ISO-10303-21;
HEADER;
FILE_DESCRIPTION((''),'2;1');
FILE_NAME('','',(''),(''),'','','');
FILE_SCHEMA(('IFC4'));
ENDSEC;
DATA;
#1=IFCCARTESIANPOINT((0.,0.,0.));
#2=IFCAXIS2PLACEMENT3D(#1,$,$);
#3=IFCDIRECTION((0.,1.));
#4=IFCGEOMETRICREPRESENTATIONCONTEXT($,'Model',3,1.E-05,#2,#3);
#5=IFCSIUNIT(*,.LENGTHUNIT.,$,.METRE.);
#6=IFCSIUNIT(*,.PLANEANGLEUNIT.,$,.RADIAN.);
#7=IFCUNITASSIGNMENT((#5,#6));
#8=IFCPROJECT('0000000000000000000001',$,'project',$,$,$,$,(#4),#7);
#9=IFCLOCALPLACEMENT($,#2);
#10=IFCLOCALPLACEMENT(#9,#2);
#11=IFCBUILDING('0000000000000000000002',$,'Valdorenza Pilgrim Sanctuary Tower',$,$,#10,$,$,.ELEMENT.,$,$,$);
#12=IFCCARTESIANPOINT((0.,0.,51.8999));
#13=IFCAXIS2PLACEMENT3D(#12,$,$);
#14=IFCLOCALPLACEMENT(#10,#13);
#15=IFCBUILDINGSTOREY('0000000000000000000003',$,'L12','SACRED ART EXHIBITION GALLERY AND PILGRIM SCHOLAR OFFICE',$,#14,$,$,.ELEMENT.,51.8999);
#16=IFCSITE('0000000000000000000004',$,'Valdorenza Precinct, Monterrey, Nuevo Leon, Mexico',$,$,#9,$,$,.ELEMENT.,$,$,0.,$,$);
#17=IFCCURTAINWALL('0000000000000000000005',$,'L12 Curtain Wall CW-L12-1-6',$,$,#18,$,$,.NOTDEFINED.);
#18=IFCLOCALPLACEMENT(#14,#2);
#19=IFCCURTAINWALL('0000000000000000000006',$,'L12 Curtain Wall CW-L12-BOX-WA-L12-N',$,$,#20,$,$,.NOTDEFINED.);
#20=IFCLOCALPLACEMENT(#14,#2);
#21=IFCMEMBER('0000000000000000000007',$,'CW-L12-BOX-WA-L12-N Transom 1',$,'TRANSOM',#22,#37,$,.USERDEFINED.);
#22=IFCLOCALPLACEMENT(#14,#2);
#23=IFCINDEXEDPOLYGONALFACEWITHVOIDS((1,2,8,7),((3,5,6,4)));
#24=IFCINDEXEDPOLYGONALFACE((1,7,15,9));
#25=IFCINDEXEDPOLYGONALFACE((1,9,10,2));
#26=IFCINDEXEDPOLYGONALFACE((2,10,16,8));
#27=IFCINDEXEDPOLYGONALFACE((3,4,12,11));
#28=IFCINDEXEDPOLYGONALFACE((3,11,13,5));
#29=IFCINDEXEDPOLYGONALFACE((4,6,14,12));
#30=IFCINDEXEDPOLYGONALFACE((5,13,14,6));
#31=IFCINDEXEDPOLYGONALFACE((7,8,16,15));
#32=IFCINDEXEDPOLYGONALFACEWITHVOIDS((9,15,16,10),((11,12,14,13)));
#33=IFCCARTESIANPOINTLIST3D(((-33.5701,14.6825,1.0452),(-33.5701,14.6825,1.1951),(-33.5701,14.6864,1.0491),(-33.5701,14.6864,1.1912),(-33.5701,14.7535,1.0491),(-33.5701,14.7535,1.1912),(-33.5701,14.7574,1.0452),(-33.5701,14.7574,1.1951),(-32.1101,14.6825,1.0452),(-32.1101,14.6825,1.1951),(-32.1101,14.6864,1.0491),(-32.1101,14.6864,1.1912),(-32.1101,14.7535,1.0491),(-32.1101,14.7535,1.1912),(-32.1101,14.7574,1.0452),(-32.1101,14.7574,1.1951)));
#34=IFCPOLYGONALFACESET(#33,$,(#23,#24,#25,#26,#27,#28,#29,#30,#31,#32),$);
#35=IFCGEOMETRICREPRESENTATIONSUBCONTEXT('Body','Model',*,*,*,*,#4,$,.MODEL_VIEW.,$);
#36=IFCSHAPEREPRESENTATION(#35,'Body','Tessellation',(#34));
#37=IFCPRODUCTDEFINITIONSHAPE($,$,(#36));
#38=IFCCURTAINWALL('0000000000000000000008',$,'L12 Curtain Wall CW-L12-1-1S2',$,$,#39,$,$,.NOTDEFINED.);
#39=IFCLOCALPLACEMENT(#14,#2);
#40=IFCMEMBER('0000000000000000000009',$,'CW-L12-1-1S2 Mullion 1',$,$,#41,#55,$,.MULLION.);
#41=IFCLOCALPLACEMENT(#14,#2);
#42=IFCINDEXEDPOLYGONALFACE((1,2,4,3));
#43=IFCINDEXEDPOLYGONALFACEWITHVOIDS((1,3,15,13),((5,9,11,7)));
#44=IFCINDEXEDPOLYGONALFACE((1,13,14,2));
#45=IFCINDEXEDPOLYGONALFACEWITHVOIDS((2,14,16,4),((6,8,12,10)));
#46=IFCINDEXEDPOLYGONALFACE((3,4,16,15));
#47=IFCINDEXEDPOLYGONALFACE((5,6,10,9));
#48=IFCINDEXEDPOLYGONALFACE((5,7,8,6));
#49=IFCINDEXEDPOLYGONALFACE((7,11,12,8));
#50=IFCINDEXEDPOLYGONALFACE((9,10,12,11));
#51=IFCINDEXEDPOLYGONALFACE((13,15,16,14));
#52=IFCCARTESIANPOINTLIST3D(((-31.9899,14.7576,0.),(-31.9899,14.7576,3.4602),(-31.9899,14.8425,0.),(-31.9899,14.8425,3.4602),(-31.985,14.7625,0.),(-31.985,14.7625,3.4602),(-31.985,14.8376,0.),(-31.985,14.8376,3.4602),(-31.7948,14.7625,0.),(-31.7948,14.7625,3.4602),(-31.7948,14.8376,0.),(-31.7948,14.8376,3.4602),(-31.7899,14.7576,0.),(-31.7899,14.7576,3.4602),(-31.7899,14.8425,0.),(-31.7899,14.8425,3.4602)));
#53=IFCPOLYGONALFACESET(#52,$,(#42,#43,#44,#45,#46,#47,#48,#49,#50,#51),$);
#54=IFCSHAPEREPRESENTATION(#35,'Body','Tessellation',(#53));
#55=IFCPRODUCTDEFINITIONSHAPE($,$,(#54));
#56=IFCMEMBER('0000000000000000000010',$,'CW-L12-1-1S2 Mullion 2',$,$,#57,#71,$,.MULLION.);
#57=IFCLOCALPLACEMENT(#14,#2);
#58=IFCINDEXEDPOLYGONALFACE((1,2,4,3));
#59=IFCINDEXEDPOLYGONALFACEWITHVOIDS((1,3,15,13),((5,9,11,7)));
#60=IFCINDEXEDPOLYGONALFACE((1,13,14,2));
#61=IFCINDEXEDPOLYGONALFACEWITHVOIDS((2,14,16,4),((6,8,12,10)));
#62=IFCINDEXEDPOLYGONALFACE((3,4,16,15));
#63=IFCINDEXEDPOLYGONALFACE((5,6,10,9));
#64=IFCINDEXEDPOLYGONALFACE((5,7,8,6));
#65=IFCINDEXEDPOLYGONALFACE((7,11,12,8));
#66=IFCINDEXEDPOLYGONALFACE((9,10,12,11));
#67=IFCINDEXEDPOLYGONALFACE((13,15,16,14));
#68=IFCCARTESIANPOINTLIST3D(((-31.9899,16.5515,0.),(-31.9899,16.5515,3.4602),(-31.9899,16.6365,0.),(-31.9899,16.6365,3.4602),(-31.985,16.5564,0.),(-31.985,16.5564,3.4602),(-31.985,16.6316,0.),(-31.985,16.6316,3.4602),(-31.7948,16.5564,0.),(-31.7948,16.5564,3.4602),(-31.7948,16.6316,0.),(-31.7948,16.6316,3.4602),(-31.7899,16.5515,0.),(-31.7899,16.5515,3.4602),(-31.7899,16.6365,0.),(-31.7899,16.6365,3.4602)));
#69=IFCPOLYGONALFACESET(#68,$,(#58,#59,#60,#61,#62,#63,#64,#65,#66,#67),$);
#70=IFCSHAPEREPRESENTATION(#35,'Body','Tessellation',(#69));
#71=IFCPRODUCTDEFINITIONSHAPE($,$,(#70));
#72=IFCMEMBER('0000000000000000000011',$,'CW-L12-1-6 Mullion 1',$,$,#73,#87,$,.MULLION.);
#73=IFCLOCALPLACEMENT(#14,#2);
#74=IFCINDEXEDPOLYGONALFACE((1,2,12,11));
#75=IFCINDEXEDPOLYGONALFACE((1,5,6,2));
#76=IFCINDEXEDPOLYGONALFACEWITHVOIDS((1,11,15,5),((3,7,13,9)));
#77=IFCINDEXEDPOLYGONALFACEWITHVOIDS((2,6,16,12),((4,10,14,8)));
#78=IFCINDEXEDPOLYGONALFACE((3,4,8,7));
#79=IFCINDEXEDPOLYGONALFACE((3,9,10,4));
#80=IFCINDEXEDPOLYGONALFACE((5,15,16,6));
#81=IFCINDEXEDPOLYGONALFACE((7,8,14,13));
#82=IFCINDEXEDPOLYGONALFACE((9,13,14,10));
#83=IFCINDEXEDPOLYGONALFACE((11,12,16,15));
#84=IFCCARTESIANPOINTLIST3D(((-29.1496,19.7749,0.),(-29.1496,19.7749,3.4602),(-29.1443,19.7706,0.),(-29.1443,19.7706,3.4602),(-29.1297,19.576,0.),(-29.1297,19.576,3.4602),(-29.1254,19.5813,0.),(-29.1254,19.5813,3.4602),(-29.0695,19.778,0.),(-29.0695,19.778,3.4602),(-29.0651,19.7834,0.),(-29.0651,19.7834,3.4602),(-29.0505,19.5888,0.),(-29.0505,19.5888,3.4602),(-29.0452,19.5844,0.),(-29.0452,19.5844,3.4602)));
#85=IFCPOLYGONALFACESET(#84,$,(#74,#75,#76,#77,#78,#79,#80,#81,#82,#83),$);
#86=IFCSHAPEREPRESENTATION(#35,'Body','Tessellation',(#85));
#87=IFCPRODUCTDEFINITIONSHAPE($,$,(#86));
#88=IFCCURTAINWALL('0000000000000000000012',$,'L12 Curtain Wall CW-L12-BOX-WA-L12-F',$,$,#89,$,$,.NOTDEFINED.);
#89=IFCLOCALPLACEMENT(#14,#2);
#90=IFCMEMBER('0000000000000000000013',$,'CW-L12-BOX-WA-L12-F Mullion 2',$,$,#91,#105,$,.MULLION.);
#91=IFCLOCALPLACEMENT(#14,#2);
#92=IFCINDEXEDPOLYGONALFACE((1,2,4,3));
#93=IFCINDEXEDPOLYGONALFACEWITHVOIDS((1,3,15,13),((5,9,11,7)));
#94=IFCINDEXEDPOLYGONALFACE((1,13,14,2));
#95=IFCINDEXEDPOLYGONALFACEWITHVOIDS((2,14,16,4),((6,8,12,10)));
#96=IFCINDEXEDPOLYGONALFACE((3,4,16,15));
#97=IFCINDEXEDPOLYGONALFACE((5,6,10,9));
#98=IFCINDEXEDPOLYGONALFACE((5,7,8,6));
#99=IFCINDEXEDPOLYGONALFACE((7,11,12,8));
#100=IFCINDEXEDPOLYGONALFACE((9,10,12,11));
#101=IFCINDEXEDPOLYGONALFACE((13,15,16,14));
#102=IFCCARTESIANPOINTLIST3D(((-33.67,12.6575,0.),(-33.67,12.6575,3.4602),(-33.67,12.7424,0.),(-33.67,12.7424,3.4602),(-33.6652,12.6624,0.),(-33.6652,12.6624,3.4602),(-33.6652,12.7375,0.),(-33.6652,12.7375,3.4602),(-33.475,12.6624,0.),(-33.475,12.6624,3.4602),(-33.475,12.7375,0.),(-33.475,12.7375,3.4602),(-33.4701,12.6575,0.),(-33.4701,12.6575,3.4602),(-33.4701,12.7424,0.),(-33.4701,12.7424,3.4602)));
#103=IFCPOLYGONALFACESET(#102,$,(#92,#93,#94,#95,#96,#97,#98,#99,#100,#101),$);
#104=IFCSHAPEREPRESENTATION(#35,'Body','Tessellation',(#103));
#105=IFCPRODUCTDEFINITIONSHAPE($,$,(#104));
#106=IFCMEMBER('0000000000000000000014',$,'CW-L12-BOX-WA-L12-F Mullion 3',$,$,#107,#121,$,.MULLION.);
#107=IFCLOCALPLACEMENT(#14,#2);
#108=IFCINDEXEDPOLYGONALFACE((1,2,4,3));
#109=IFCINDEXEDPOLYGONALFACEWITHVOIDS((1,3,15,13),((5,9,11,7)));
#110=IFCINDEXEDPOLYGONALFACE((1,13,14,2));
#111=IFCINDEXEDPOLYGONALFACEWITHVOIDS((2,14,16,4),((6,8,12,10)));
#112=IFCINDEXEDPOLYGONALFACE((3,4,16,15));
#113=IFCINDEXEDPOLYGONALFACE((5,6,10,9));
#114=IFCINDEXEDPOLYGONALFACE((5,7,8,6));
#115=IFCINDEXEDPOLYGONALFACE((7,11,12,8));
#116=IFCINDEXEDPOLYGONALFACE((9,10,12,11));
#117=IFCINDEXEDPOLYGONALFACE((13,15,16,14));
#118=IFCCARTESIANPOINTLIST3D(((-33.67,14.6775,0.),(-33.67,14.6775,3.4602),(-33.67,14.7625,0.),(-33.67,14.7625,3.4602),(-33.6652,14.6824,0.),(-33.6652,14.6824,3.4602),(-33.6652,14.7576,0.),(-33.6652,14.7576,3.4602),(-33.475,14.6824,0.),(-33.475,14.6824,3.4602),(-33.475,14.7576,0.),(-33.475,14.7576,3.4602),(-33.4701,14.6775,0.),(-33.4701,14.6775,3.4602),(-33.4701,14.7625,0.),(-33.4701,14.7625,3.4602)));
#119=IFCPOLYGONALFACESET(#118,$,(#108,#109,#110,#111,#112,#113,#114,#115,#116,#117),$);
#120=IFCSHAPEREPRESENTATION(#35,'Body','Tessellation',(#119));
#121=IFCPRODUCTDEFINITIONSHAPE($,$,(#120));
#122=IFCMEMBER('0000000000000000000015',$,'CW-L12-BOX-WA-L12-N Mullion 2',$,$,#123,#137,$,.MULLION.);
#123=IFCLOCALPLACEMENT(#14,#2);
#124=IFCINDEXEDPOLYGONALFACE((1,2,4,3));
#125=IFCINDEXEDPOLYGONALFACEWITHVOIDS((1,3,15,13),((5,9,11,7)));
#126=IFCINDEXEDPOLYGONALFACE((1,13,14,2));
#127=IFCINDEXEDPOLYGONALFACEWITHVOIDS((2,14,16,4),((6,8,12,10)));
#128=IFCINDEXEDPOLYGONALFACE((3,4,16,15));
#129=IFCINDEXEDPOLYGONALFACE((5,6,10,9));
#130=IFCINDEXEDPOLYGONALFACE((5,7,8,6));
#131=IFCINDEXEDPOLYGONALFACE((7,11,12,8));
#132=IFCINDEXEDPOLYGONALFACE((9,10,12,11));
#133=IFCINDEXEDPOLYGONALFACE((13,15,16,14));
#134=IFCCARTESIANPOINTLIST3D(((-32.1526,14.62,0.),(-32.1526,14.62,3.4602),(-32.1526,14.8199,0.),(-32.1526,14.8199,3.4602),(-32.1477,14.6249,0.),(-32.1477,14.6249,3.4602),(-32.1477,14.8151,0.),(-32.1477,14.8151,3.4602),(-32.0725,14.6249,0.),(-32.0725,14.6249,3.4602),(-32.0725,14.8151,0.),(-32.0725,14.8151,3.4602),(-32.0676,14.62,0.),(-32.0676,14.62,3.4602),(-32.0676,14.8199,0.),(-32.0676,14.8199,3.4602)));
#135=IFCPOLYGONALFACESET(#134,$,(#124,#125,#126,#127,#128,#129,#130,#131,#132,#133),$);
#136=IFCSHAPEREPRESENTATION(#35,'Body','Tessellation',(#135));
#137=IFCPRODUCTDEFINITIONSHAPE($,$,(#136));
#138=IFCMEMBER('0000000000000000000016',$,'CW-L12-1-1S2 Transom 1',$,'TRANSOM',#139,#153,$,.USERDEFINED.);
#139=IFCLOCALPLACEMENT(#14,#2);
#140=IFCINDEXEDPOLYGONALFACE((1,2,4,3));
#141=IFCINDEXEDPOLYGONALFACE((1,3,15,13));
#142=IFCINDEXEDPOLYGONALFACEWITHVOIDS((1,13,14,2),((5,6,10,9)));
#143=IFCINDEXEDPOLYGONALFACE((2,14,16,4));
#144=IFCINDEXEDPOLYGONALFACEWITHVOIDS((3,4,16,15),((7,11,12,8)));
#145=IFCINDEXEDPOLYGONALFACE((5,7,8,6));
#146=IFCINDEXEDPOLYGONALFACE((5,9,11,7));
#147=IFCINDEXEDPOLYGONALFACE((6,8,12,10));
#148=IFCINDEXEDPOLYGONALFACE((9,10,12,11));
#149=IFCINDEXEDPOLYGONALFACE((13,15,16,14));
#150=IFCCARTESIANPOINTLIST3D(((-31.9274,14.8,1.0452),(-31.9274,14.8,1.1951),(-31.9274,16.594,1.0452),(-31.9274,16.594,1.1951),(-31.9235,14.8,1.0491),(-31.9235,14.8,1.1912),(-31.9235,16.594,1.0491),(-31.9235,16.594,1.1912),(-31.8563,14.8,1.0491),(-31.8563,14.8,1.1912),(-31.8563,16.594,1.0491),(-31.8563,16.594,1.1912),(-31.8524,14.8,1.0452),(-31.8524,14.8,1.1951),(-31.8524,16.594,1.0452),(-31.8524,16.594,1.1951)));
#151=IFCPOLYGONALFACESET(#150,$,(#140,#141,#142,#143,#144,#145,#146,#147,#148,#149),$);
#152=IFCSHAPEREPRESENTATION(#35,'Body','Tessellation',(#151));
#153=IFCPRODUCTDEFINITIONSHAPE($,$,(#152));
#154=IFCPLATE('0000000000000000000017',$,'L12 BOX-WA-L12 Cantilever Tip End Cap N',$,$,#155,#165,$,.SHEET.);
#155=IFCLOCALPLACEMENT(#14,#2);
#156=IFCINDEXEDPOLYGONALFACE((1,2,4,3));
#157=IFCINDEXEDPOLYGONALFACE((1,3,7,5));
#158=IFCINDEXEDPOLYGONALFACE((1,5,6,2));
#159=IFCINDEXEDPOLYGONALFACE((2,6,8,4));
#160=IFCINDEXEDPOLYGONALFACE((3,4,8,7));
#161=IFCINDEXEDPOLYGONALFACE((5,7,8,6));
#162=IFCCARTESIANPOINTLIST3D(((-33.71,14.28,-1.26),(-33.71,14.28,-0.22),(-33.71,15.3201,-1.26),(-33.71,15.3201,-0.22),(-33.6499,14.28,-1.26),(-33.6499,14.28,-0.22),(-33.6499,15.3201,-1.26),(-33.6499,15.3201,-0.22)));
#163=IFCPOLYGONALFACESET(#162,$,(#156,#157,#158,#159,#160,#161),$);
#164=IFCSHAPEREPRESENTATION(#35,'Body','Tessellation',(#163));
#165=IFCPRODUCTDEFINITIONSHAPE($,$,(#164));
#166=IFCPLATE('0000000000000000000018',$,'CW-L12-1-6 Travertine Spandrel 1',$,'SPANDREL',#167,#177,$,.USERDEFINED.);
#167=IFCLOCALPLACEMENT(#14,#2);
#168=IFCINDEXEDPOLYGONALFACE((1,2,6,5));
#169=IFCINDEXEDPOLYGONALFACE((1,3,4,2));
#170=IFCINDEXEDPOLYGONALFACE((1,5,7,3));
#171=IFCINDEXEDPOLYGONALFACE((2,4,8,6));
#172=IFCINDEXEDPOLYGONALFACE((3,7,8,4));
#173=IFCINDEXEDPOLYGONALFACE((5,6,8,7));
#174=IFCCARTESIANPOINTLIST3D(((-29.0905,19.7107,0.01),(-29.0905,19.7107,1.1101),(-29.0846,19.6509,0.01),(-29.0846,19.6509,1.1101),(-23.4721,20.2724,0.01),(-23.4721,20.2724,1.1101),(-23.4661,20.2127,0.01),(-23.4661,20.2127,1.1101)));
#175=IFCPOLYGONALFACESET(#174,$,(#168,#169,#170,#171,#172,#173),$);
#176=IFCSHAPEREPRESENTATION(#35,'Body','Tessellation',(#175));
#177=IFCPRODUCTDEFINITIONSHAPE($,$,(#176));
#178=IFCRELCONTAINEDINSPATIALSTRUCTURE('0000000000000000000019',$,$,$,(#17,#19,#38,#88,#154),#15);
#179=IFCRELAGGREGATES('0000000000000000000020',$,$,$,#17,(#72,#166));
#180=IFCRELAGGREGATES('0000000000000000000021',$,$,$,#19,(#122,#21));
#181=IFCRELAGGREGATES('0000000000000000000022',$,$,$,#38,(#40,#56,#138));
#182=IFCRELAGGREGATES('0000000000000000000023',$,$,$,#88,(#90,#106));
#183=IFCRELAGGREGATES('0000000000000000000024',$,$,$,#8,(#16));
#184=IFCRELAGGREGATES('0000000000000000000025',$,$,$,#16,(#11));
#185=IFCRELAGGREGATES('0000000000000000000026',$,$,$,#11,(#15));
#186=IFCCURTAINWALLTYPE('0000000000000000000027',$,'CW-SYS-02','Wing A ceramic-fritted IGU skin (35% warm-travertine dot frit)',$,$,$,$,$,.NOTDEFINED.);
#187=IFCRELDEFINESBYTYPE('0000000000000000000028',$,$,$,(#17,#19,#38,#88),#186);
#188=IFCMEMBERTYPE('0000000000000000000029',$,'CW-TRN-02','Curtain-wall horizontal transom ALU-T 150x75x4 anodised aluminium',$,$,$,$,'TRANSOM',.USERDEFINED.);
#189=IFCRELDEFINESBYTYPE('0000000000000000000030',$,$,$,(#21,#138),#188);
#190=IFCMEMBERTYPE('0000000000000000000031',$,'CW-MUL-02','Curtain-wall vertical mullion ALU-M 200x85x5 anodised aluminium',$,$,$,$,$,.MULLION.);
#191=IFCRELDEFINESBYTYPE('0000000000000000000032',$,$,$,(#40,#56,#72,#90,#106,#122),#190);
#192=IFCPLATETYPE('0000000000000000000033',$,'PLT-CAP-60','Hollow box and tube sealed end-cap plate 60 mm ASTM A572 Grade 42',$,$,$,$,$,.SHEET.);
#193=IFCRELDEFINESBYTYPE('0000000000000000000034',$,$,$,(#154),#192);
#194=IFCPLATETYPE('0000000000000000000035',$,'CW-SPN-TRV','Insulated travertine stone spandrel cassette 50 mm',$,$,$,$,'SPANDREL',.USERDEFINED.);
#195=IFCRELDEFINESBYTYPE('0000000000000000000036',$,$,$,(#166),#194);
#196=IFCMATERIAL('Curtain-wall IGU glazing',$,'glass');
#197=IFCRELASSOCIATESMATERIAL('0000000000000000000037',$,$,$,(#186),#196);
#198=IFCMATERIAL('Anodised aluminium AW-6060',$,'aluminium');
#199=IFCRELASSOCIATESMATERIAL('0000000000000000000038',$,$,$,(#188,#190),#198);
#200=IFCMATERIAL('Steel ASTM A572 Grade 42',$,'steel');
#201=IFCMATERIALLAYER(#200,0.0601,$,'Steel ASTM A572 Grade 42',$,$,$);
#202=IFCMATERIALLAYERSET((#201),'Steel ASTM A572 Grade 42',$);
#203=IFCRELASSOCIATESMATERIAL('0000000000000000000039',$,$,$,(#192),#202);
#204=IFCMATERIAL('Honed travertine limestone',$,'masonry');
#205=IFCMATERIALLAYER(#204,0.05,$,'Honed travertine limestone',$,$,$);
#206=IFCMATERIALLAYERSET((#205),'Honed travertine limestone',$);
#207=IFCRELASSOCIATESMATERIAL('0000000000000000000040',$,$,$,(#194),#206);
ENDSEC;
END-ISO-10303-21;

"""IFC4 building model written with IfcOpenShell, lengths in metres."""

from ifc_helpers import new_model, si_unit, direction, frame, origin, origin_2d, place, context, subcontext, project, spatial, rectangle, hollow_rectangle, extrude, source, transform, mapped, material, layer, layer_set, material_profile, profile_set, type_object, element, aggregate, save


model = new_model("IFC4")

# Units and contexts
model_context = context("Model", 3, precision=1e-05, world=origin(), true_north=direction((0.0, 1.0)))
body_context = subcontext(model_context, "Body", "Model", "MODEL_VIEW")
ifc_project = project(units=[si_unit("LENGTHUNIT", "METRE"), si_unit("PLANEANGLEUNIT", "RADIAN")], contexts=[model_context])

# Site, building, storey
site_placement = place(None, origin())
site = spatial("IfcSite", under=ifc_project, at=site_placement, Name="Valdorenza Precinct, Monterrey, Nuevo Leon, Mexico", CompositionType="ELEMENT", RefElevation=0.0)
building_placement = place(site_placement, origin())
building = spatial("IfcBuilding", under=site, at=building_placement, Name="Valdorenza Pilgrim Sanctuary Tower", CompositionType="ELEMENT")
storey_placement = place(building_placement, frame((0.0, 0.0, 51.8999)))
storey = spatial("IfcBuildingStorey", under=building, at=storey_placement, Name="L12", Description="SACRED ART EXHIBITION GALLERY AND PILGRIM SCHOLAR OFFICE", CompositionType="ELEMENT", Elevation=51.8999)

# Shared definitions
ifc_material_1 = material(Name="Steel ASTM A572 Grade 42", Category="steel")

# Curtain walls, member
ifc_material_2 = material(Name="Curtain-wall IGU glazing", Category="glass")
curtain_wall_type = type_object("IfcCurtainWallType", Name="CW-SYS-02", Description="Wing A ceramic-fritted IGU skin (35% warm-travertine dot frit)", PredefinedType="NOTDEFINED", material=ifc_material_2)
curtain_wall_1_placement = place(storey_placement, origin())
curtain_wall_1 = element("IfcCurtainWall", 1, at=curtain_wall_1_placement, inside=storey, type_object=curtain_wall_type, Name="L12 Curtain Wall CW-L12-1-6", PredefinedType="NOTDEFINED")
ifc_material_3 = material(Name="Anodised aluminium AW-6060", Category="aluminium")
ifc_material_profile_1 = material_profile(ifc_material_3, hollow_rectangle(XDim=0.075, YDim=0.1499, WallThickness=0.0039, at=origin_2d()), Name="ALU-T 150x75x4")
ifc_profile_set_1 = profile_set([ifc_material_profile_1], Name="Anodised aluminium AW-6060")
member_type_1 = type_object("IfcMemberType", Name="CW-TRN-02", Description="Curtain-wall horizontal transom ALU-T 150x75x4 anodised aluminium", ElementType="TRANSOM", PredefinedType="USERDEFINED", material=ifc_profile_set_1)
curtain_wall_2_placement = place(storey_placement, origin())
curtain_wall_2 = element("IfcCurtainWall", 2, at=curtain_wall_2_placement, inside=storey, type_object=curtain_wall_type, Name="L12 Curtain Wall CW-L12-BOX-WA-L12-N", PredefinedType="NOTDEFINED")
shared_shape_1 = source(origin(), body_context, "Body", "SweptSolid", [
    extrude(hollow_rectangle(XDim=0.075, YDim=0.1499, WallThickness=0.0039, at=origin_2d()), origin(), (0.0, 0.0, 1.0), 1.46),
])
member_1_placement = place(storey_placement, frame((-33.5701, 14.72, 1.1201), z_axis=(1.0, 0.0, 0.0), x_axis=(0.0, 1.0, 0.0)))
member_1 = element("IfcMember", 3, at=member_1_placement, type_object=member_type_1, Name="CW-L12-BOX-WA-L12-N Transom 1", ObjectType="TRANSOM", PredefinedType="USERDEFINED", context=body_context, shape_type="MappedRepresentation", body=[
    mapped(shared_shape_1, transform((0.0, 0.0, 0.0), x_axis=(1.0, 0.0, 0.0), y_axis=(0.0, 1.0, 0.0), z_axis=(0.0, 0.0, 1.0), scale=1.0)),
])

# Curtain wall, members
curtain_wall_3_placement = place(storey_placement, origin())
curtain_wall_3 = element("IfcCurtainWall", 4, at=curtain_wall_3_placement, inside=storey, type_object=curtain_wall_type, Name="L12 Curtain Wall CW-L12-1-1S2", PredefinedType="NOTDEFINED")
ifc_material_profile_2 = material_profile(ifc_material_3, hollow_rectangle(XDim=0.085, YDim=0.2, WallThickness=0.0049, at=origin_2d()), Name="ALU-M 200x85x5")
ifc_profile_set_2 = profile_set([ifc_material_profile_2], Name="Anodised aluminium AW-6060")
member_type_2 = type_object("IfcMemberType", Name="CW-MUL-02", Description="Curtain-wall vertical mullion ALU-M 200x85x5 anodised aluminium", PredefinedType="MULLION", material=ifc_profile_set_2)
shared_shape_2 = source(origin(), body_context, "Body", "SweptSolid", [
    extrude(hollow_rectangle(XDim=0.085, YDim=0.2, WallThickness=0.0049, at=origin_2d()), origin(), (0.0, 0.0, 1.0), 3.4602),
])
member_2_placement = place(storey_placement, frame((-31.8899, 14.8, 0.0), z_axis=(0.0, 0.0, 1.0), x_axis=(0.0, 1.0, 0.0)))
member_2 = element("IfcMember", 5, at=member_2_placement, type_object=member_type_2, Name="CW-L12-1-1S2 Mullion 1", PredefinedType="MULLION", context=body_context, shape_type="MappedRepresentation", body=[
    mapped(shared_shape_2, transform((0.0, 0.0, 0.0), x_axis=(1.0, 0.0, 0.0), y_axis=(0.0, 1.0, 0.0), z_axis=(0.0, 0.0, 1.0), scale=1.0)),
])
member_3_placement = place(storey_placement, frame((-31.8899, 16.594, 0.0), z_axis=(0.0, 0.0, 1.0), x_axis=(0.0, 1.0, 0.0)))
member_3 = element("IfcMember", 6, at=member_3_placement, type_object=member_type_2, Name="CW-L12-1-1S2 Mullion 2", PredefinedType="MULLION", context=body_context, shape_type="MappedRepresentation", body=[
    mapped(shared_shape_2, transform((0.0, 0.0, 0.0), x_axis=(1.0, 0.0, 0.0), y_axis=(0.0, 1.0, 0.0), z_axis=(0.0, 0.0, 1.0), scale=1.0)),
])

# Member
member_4_placement = place(storey_placement, frame((-29.0974, 19.6797, 0.0), z_axis=(0.0, 0.0, 1.0), x_axis=(0.995038, 0.099493, 0.0)))
member_4 = element("IfcMember", 7, at=member_4_placement, type_object=member_type_2, Name="CW-L12-1-6 Mullion 1", PredefinedType="MULLION", context=body_context, shape_type="MappedRepresentation", body=[
    mapped(shared_shape_2, transform((0.0, 0.0, 0.0), x_axis=(1.0, 0.0, 0.0), y_axis=(0.0, 1.0, 0.0), z_axis=(0.0, 0.0, 1.0), scale=1.0)),
])

# Curtain wall, members
curtain_wall_4_placement = place(storey_placement, origin())
curtain_wall_4 = element("IfcCurtainWall", 8, at=curtain_wall_4_placement, inside=storey, type_object=curtain_wall_type, Name="L12 Curtain Wall CW-L12-BOX-WA-L12-F", PredefinedType="NOTDEFINED")
member_5_placement = place(storey_placement, frame((-33.5701, 12.7, 0.0), z_axis=(0.0, 0.0, 1.0), x_axis=(0.0, 1.0, 0.0)))
member_5 = element("IfcMember", 9, at=member_5_placement, type_object=member_type_2, Name="CW-L12-BOX-WA-L12-F Mullion 2", PredefinedType="MULLION", context=body_context, shape_type="MappedRepresentation", body=[
    mapped(shared_shape_2, transform((0.0, 0.0, 0.0), x_axis=(1.0, 0.0, 0.0), y_axis=(0.0, 1.0, 0.0), z_axis=(0.0, 0.0, 1.0), scale=1.0)),
])
member_6_placement = place(storey_placement, frame((-33.5701, 14.72, 0.0), z_axis=(0.0, 0.0, 1.0), x_axis=(0.0, 1.0, 0.0)))
member_6 = element("IfcMember", 10, at=member_6_placement, type_object=member_type_2, Name="CW-L12-BOX-WA-L12-F Mullion 3", PredefinedType="MULLION", context=body_context, shape_type="MappedRepresentation", body=[
    mapped(shared_shape_2, transform((0.0, 0.0, 0.0), x_axis=(1.0, 0.0, 0.0), y_axis=(0.0, 1.0, 0.0), z_axis=(0.0, 0.0, 1.0), scale=1.0)),
])

# Members
member_7_placement = place(storey_placement, frame((-32.1101, 14.72, 0.0), z_axis=(0.0, 0.0, 1.0), x_axis=(1.0, 0.0, 0.0)))
member_7 = element("IfcMember", 11, at=member_7_placement, type_object=member_type_2, Name="CW-L12-BOX-WA-L12-N Mullion 2", PredefinedType="MULLION", context=body_context, shape_type="MappedRepresentation", body=[
    mapped(shared_shape_2, transform((0.0, 0.0, 0.0), x_axis=(1.0, 0.0, 0.0), y_axis=(0.0, 1.0, 0.0), z_axis=(0.0, 0.0, 1.0), scale=1.0)),
])
shared_shape_3 = source(origin(), body_context, "Body", "SweptSolid", [
    extrude(hollow_rectangle(XDim=0.075, YDim=0.1499, WallThickness=0.0039, at=origin_2d()), origin(), (0.0, 0.0, 1.0), 1.7939),
])
member_8_placement = place(storey_placement, frame((-31.8899, 14.8, 1.1201), z_axis=(0.0, 1.0, 0.0), x_axis=(-1.0, 0.0, 0.0)))
member_8 = element("IfcMember", 12, at=member_8_placement, type_object=member_type_1, Name="CW-L12-1-1S2 Transom 1", ObjectType="TRANSOM", PredefinedType="USERDEFINED", context=body_context, shape_type="MappedRepresentation", body=[
    mapped(shared_shape_3, transform((0.0, 0.0, 0.0), x_axis=(1.0, 0.0, 0.0), y_axis=(0.0, 1.0, 0.0), z_axis=(0.0, 0.0, 1.0), scale=1.0)),
])

# Plates
ifc_layer_1 = layer(ifc_material_1, 0.0601, Name="Steel ASTM A572 Grade 42")
ifc_layer_set_1 = layer_set([ifc_layer_1], Name="Steel ASTM A572 Grade 42")
plate_type_1 = type_object("IfcPlateType", Name="PLT-CAP-60", Description="Hollow box and tube sealed end-cap plate 60 mm ASTM A572 Grade 42", PredefinedType="SHEET", material=ifc_layer_set_1)
shared_shape_4 = source(origin(), body_context, "Body", "SweptSolid", [
    extrude(rectangle(XDim=0.0601, YDim=1.04, at=origin_2d()), origin(), (0.0, 0.0, 1.0), 1.04),
])
plate_1_placement = place(storey_placement, frame((-33.6799, 14.8, -1.26), z_axis=(0.0, 0.0, 1.0), x_axis=(1.0, 0.0, 0.0)))
element("IfcPlate", 13, at=plate_1_placement, inside=storey, type_object=plate_type_1, Name="L12 BOX-WA-L12 Cantilever Tip End Cap N", PredefinedType="SHEET", context=body_context, shape_type="MappedRepresentation", body=[
    mapped(shared_shape_4, transform((0.0, 0.0, 0.0), x_axis=(1.0, 0.0, 0.0), y_axis=(0.0, 1.0, 0.0), z_axis=(0.0, 0.0, 1.0), scale=1.0)),
])
ifc_material_4 = material(Name="Honed travertine limestone", Category="masonry")
ifc_layer_2 = layer(ifc_material_4, 0.05, Name="Honed travertine limestone")
ifc_layer_set_2 = layer_set([ifc_layer_2], Name="Honed travertine limestone")
plate_type_2 = type_object("IfcPlateType", Name="CW-SPN-TRV", Description="Insulated travertine stone spandrel cassette 50 mm", ElementType="SPANDREL", PredefinedType="USERDEFINED", material=ifc_layer_set_2)
shared_shape_5 = source(origin(), body_context, "Body", "SweptSolid", [
    extrude(rectangle(XDim=5.6465, YDim=0.0601, at=origin_2d()), origin(), (0.0, 0.0, 1.0), 1.1001),
])
plate_2_placement = place(storey_placement, frame((-26.2783, 19.9617, 0.01), z_axis=(0.0, 0.0, 1.0), x_axis=(0.995038, 0.099493, 0.0)))
plate_2 = element("IfcPlate", 14, at=plate_2_placement, type_object=plate_type_2, Name="CW-L12-1-6 Travertine Spandrel 1", ObjectType="SPANDREL", PredefinedType="USERDEFINED", context=body_context, shape_type="MappedRepresentation", body=[
    mapped(shared_shape_5, transform((0.0, 0.0, 0.0), x_axis=(1.0, 0.0, 0.0), y_axis=(0.0, 1.0, 0.0), z_axis=(0.0, 0.0, 1.0), scale=1.0)),
])
aggregate(curtain_wall_1, [member_4, plate_2])
aggregate(curtain_wall_2, [member_7, member_1])
aggregate(curtain_wall_3, [member_2, member_3, member_8])
aggregate(curtain_wall_4, [member_5, member_6])

save(model, "model.ifc")
